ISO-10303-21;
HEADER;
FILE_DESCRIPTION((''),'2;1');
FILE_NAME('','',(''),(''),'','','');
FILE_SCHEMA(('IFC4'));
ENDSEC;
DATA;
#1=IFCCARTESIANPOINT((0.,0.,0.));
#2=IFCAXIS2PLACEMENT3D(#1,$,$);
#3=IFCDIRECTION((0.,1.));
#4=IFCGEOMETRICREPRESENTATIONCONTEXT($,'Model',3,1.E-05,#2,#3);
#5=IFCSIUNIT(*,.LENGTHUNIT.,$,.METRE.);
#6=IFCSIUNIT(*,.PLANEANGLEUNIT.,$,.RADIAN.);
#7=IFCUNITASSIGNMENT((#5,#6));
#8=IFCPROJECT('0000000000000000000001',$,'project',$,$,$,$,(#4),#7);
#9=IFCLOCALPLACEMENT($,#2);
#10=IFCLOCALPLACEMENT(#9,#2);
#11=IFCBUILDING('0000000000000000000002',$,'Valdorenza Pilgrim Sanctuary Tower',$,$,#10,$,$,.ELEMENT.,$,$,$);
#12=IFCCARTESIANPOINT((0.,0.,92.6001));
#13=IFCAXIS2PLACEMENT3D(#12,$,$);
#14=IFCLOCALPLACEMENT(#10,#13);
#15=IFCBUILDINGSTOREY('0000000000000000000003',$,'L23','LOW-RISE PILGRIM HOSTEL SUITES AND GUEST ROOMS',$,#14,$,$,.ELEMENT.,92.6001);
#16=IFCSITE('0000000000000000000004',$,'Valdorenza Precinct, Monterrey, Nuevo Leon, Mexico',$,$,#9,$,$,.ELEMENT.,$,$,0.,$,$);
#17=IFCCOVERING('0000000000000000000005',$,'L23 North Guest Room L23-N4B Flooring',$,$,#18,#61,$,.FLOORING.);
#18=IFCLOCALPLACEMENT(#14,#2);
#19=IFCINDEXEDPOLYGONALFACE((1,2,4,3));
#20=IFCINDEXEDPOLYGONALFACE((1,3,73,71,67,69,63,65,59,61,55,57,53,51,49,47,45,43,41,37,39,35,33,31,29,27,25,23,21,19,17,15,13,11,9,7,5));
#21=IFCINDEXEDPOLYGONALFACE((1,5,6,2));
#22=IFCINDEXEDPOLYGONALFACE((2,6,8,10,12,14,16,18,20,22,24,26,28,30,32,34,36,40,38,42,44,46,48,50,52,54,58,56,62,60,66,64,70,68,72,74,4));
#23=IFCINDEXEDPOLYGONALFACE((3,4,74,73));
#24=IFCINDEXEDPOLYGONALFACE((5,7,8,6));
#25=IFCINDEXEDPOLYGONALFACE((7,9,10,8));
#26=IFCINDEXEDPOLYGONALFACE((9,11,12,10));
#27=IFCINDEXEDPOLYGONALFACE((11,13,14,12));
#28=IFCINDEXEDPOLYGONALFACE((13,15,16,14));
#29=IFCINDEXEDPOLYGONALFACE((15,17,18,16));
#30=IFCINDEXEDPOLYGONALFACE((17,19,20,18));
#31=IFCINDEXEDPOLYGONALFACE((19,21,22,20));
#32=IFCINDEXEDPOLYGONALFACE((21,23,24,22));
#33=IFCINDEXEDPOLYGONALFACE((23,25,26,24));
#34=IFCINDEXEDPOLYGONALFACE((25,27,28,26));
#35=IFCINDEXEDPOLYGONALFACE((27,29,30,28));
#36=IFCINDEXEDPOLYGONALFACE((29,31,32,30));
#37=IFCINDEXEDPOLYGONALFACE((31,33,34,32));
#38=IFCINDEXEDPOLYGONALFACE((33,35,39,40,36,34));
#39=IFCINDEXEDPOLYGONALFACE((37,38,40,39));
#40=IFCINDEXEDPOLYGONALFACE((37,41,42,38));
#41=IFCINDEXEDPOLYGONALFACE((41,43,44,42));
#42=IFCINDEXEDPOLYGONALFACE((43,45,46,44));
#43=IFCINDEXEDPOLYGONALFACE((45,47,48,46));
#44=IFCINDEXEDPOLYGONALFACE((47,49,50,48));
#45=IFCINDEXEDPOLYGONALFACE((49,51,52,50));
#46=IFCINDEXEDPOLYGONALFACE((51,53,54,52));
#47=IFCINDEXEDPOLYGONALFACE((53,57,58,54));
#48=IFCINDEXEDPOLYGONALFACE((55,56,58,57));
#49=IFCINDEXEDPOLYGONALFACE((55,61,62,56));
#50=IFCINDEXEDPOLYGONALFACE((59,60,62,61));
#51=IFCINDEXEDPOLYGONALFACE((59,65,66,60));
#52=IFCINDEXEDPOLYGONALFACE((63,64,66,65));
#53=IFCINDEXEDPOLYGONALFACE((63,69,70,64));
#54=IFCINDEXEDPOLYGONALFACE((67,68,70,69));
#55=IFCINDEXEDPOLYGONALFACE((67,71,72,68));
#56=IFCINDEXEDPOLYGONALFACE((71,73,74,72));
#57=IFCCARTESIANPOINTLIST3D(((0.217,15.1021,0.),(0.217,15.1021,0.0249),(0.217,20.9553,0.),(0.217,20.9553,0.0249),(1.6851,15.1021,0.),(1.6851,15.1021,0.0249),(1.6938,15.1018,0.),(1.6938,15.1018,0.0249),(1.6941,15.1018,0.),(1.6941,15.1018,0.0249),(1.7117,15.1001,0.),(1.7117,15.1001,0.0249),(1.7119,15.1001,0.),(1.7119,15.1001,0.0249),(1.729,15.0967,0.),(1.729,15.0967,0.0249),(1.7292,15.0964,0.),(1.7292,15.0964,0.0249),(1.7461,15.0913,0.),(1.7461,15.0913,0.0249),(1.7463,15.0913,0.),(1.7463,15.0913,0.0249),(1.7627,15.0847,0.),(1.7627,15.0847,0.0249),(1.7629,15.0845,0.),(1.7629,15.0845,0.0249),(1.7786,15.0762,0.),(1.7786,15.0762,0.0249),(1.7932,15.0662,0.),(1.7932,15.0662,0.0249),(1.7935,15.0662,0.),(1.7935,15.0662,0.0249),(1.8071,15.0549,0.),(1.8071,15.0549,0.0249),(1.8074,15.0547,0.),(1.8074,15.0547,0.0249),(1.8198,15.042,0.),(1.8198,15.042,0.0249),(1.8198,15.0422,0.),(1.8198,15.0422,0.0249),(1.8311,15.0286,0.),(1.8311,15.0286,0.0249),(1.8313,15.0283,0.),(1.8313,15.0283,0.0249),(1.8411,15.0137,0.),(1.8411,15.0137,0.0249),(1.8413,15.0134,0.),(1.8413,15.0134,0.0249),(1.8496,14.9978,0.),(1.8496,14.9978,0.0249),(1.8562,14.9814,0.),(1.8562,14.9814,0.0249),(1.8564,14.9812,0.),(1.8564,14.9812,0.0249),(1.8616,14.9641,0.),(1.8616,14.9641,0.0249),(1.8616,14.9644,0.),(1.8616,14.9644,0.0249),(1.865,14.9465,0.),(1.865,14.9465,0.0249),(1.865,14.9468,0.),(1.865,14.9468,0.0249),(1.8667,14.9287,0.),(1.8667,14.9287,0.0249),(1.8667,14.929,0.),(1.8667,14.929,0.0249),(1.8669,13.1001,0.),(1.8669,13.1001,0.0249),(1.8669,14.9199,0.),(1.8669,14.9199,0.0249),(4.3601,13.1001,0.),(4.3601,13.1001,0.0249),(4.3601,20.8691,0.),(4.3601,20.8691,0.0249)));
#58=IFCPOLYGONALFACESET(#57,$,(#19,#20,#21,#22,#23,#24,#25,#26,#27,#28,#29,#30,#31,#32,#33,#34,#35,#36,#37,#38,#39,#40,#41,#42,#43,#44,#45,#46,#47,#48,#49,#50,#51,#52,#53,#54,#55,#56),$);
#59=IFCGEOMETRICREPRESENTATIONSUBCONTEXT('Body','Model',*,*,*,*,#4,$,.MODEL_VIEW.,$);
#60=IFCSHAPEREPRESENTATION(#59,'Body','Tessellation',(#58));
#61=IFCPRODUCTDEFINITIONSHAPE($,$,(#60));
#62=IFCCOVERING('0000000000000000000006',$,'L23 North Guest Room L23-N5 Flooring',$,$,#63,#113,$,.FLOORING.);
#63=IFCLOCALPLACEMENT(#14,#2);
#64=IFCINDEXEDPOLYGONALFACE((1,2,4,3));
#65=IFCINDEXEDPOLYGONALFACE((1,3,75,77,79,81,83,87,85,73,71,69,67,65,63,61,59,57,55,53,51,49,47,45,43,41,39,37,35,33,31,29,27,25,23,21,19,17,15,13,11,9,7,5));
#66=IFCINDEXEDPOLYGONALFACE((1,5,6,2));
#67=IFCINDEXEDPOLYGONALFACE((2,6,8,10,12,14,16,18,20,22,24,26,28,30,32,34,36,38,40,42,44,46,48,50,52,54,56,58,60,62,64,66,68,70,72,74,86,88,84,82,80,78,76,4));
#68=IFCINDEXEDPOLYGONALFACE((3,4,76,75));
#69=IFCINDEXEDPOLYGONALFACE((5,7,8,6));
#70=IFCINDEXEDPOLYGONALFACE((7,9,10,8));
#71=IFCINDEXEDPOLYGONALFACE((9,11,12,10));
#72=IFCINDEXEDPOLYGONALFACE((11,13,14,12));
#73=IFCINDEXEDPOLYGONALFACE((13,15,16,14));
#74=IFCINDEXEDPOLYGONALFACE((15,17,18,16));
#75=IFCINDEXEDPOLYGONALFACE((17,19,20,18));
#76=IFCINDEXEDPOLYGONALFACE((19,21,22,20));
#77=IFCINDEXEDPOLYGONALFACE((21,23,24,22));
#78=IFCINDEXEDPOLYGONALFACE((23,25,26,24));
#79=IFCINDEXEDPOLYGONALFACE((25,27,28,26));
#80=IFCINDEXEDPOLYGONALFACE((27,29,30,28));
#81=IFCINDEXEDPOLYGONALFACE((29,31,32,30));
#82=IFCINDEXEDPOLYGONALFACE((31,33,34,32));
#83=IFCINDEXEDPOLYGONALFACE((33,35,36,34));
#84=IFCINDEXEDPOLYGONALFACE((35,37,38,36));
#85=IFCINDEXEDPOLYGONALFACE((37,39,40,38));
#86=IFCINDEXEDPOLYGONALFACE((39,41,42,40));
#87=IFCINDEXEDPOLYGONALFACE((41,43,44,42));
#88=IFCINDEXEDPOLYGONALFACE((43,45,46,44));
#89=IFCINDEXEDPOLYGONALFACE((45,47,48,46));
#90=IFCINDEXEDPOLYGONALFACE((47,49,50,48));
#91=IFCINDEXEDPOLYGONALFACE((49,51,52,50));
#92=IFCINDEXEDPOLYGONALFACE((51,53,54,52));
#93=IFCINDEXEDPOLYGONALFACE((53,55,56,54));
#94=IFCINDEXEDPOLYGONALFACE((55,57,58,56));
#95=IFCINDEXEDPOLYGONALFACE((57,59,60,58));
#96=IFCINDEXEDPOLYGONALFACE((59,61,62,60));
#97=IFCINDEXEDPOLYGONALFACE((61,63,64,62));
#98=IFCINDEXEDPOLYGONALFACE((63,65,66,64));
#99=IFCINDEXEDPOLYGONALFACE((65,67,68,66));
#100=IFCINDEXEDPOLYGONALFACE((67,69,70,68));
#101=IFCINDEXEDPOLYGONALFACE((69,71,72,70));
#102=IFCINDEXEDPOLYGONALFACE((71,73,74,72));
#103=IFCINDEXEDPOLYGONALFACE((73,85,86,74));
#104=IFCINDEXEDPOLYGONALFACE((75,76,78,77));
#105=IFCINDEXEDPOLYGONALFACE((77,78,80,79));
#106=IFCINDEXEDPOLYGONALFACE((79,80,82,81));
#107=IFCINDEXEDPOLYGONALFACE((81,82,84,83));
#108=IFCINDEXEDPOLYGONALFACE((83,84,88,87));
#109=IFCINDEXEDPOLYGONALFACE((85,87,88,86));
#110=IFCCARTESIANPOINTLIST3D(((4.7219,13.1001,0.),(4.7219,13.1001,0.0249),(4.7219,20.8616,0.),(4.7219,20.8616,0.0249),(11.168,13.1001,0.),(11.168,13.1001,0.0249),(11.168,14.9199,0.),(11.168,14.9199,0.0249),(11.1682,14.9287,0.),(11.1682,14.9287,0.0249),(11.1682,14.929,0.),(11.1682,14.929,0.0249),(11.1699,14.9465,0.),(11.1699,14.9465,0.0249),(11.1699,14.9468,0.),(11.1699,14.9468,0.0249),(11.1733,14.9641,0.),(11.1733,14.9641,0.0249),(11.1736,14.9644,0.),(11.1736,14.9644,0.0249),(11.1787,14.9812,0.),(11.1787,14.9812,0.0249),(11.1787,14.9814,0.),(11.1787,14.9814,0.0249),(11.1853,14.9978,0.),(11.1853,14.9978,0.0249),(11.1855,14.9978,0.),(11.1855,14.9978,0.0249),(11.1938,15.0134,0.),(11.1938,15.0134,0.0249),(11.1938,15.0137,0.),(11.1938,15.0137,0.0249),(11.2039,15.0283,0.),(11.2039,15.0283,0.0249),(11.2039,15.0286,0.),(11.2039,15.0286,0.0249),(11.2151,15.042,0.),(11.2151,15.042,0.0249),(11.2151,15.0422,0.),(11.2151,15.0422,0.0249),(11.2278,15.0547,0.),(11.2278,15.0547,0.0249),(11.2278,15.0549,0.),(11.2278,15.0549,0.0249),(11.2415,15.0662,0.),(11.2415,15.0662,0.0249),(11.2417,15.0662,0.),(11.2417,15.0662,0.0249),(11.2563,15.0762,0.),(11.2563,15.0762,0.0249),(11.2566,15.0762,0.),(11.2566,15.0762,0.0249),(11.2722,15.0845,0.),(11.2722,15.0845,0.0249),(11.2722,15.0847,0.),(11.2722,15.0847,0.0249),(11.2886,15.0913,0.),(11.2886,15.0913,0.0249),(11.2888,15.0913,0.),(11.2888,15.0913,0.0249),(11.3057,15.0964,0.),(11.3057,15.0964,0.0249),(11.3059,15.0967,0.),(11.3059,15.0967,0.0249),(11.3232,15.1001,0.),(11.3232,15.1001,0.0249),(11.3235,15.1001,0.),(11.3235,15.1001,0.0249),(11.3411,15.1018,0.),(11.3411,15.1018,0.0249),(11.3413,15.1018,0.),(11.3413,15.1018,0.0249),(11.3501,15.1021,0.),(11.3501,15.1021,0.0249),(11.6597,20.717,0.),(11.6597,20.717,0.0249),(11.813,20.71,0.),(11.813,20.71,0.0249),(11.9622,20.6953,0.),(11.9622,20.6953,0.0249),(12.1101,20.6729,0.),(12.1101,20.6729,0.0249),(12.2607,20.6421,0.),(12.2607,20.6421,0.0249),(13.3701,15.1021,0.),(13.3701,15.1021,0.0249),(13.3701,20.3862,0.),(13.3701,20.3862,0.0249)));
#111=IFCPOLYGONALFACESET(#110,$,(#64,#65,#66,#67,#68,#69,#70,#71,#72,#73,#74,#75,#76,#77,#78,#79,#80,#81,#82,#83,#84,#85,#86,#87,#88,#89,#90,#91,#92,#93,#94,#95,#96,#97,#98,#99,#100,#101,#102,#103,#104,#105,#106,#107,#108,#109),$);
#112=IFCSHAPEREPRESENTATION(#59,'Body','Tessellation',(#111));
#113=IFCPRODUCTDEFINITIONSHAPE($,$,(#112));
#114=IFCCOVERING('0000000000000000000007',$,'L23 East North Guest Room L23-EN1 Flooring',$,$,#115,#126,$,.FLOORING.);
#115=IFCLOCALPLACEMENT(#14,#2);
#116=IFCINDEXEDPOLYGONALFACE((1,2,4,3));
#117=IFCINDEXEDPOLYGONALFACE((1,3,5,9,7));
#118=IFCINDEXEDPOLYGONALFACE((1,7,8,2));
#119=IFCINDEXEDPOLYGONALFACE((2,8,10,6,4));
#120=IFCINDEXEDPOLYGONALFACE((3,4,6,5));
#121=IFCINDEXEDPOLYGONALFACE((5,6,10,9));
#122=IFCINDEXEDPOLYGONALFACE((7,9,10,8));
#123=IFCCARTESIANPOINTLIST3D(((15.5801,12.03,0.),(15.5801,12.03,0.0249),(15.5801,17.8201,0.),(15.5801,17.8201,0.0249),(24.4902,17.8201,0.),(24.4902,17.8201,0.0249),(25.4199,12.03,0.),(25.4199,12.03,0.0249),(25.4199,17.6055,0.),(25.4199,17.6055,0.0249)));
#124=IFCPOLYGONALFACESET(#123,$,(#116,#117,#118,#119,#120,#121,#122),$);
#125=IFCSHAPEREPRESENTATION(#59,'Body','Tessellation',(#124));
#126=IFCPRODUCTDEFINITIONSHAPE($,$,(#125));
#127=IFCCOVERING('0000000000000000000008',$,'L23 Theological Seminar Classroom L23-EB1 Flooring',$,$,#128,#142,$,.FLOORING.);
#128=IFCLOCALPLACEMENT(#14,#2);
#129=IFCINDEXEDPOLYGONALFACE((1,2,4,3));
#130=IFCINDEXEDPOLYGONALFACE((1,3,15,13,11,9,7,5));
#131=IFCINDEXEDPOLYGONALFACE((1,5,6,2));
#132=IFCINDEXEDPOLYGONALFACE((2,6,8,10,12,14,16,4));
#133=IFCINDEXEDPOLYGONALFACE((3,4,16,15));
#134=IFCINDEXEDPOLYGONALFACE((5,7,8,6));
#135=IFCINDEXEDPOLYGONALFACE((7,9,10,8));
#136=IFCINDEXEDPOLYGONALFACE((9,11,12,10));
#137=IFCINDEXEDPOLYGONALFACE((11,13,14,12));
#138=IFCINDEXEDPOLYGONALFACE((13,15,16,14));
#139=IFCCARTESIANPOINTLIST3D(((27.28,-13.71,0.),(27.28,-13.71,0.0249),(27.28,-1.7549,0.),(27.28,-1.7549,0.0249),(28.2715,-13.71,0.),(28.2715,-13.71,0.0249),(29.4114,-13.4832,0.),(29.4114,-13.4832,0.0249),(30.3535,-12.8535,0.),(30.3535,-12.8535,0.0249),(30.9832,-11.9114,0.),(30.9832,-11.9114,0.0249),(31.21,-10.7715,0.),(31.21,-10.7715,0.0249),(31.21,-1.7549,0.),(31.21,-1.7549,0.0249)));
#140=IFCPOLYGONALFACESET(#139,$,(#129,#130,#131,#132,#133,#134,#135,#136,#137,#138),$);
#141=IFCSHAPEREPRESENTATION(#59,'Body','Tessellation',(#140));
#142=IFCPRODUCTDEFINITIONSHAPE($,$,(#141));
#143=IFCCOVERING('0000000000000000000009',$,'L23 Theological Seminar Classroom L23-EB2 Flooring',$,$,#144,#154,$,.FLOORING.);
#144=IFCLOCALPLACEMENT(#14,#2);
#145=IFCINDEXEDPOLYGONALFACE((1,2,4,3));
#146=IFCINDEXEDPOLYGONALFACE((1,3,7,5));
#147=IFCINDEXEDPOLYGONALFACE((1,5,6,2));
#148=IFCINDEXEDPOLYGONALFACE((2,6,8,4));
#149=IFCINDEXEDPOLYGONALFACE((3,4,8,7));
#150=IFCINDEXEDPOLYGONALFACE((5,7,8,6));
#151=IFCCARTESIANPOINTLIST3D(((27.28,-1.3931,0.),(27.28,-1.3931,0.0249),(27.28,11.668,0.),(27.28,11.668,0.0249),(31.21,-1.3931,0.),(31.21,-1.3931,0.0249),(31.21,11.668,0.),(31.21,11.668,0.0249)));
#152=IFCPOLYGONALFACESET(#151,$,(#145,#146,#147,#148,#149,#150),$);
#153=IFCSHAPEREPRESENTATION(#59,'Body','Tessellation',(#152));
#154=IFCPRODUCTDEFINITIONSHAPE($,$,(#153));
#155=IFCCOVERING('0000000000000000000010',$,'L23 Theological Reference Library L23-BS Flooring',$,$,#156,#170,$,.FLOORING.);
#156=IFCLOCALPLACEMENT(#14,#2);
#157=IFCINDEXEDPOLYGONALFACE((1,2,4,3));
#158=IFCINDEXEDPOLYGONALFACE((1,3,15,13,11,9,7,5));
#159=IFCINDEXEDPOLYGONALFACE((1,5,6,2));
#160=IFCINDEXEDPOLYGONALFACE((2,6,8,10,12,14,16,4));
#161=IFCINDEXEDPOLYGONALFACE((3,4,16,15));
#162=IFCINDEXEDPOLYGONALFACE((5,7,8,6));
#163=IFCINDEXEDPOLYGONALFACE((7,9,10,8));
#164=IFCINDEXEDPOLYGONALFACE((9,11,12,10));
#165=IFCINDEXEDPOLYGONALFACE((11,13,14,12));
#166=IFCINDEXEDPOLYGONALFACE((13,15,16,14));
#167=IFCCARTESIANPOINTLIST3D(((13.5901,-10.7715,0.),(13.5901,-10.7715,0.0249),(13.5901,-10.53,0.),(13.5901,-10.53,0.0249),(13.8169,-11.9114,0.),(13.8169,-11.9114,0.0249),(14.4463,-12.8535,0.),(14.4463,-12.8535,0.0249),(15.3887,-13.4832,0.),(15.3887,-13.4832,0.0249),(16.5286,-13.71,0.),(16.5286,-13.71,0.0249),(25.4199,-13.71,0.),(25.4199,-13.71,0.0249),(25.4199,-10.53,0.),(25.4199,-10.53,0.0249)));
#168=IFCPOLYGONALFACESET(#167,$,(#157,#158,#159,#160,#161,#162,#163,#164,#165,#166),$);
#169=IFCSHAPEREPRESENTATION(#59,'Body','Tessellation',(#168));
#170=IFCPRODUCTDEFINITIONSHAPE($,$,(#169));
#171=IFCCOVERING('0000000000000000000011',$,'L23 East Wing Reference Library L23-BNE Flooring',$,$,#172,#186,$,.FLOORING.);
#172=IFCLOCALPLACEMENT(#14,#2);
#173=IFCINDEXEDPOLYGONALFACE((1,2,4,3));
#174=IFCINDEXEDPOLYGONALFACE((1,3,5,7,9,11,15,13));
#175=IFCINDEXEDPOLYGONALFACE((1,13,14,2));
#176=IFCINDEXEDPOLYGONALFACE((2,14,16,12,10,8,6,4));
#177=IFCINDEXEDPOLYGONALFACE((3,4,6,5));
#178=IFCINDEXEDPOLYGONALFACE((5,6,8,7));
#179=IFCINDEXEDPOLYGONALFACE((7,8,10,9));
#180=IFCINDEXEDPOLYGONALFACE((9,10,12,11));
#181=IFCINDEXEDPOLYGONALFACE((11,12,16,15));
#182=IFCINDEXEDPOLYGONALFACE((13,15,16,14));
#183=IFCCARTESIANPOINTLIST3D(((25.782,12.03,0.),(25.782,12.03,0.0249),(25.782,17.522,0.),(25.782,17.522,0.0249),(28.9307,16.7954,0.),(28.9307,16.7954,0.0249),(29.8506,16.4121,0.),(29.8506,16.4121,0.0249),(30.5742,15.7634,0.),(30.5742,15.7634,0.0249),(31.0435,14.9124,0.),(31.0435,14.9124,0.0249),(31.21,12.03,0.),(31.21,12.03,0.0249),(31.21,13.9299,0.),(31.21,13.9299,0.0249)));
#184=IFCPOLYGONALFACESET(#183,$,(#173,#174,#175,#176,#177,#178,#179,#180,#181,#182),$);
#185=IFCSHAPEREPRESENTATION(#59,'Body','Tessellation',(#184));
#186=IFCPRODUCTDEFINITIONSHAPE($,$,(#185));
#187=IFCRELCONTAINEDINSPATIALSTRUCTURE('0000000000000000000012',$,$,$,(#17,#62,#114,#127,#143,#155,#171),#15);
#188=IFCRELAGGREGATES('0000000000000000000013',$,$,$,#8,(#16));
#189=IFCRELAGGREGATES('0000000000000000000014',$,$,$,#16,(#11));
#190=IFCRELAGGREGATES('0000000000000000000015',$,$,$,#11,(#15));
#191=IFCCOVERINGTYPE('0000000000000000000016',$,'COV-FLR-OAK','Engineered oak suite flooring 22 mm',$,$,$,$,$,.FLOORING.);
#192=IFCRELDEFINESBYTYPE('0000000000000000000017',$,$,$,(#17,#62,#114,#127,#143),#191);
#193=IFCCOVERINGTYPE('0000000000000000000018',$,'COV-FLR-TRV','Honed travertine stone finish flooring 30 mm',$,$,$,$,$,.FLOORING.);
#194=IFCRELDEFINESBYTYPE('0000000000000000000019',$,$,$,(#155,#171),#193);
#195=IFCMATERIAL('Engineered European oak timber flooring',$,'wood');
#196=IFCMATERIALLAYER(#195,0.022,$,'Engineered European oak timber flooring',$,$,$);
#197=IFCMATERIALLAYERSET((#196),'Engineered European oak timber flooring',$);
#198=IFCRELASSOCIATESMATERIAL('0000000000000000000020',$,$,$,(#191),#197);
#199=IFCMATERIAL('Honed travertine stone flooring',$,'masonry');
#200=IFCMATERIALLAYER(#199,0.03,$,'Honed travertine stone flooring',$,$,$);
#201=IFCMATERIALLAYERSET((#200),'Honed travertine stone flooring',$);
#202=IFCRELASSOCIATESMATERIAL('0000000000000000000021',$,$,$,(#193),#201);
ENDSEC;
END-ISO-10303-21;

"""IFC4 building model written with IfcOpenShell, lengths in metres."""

from ifc_helpers import new_model, si_unit, direction, frame, origin, place, context, subcontext, project, spatial, polyline, outline, extrude, material, layer, layer_set, type_object, element, save


model = new_model("IFC4")

# Units and contexts
model_context = context("Model", 3, precision=1e-05, world=origin(), true_north=direction((0.0, 1.0)))
body_context = subcontext(model_context, "Body", "Model", "MODEL_VIEW")
ifc_project = project(units=[si_unit("LENGTHUNIT", "METRE"), si_unit("PLANEANGLEUNIT", "RADIAN")], contexts=[model_context])

# Site, building, storey
site_placement = place(None, origin())
site = spatial("IfcSite", under=ifc_project, at=site_placement, Name="Valdorenza Precinct, Monterrey, Nuevo Leon, Mexico", CompositionType="ELEMENT", RefElevation=0.0)
building_placement = place(site_placement, origin())
building = spatial("IfcBuilding", under=site, at=building_placement, Name="Valdorenza Pilgrim Sanctuary Tower", CompositionType="ELEMENT")
storey_placement = place(building_placement, frame((0.0, 0.0, 92.6001)))
storey = spatial("IfcBuildingStorey", under=building, at=storey_placement, Name="L23", Description="LOW-RISE PILGRIM HOSTEL SUITES AND GUEST ROOMS", CompositionType="ELEMENT", Elevation=92.6001)

# Coverings
ifc_material_1 = material(Name="Engineered European oak timber flooring", Category="wood")
ifc_layer_1 = layer(ifc_material_1, 0.022, Name="Engineered European oak timber flooring")
ifc_layer_set_1 = layer_set([ifc_layer_1], Name="Engineered European oak timber flooring")
covering_type_1 = type_object("IfcCoveringType", Name="COV-FLR-OAK", Description="Engineered oak suite flooring 22 mm", PredefinedType="FLOORING", material=ifc_layer_set_1)
covering_1_placement = place(storey_placement, origin())
element("IfcCovering", 1, at=covering_1_placement, inside=storey, type_object=covering_type_1, Name="L23 North Guest Room L23-N4B Flooring", PredefinedType="FLOORING", context=body_context, shape_type="SweptSolid", body=[
    extrude(outline(polyline([(1.8669, 13.1001), (1.8669, 14.9199), (1.8667, 14.9287), (1.8667, 14.929), (1.865, 14.9465), (1.865, 14.9468), (1.8616, 14.9641), (1.8616, 14.9644), (1.8564, 14.9812), (1.8562, 14.9814), (1.8496, 14.9978), (1.8496, 14.9978), (1.8413, 15.0134), (1.8411, 15.0137), (1.8313, 15.0283), (1.8311, 15.0286), (1.8198, 15.042), (1.8198, 15.0422), (1.8074, 15.0547), (1.8071, 15.0549), (1.7935, 15.0662), (1.7932, 15.0662), (1.7786, 15.0762), (1.7786, 15.0762), (1.7629, 15.0845), (1.7627, 15.0847), (1.7463, 15.0913), (1.7461, 15.0913), (1.7292, 15.0964), (1.729, 15.0967), (1.7119, 15.1001), (1.7117, 15.1001), (1.6941, 15.1018), (1.6938, 15.1018), (1.6851, 15.1021), (0.217, 15.1021), (0.217, 20.9553), (4.3601, 20.8691), (4.3601, 13.1001), (1.8669, 13.1001)])), origin(), (0.0, 0.0, 1.0), 0.0249),
])
covering_2_placement = place(storey_placement, origin())
element("IfcCovering", 2, at=covering_2_placement, inside=storey, type_object=covering_type_1, Name="L23 North Guest Room L23-N5 Flooring", PredefinedType="FLOORING", context=body_context, shape_type="SweptSolid", body=[
    extrude(outline(polyline([(11.6597, 20.717), (11.813, 20.71), (11.9622, 20.6953), (12.1101, 20.6729), (12.2607, 20.6421), (13.3701, 20.3862), (13.3701, 15.1021), (11.3501, 15.1021), (11.3413, 15.1018), (11.3411, 15.1018), (11.3235, 15.1001), (11.3232, 15.1001), (11.3059, 15.0967), (11.3057, 15.0964), (11.2888, 15.0913), (11.2886, 15.0913), (11.2722, 15.0847), (11.2722, 15.0845), (11.2566, 15.0762), (11.2563, 15.0762), (11.2417, 15.0662), (11.2415, 15.0662), (11.2278, 15.0549), (11.2278, 15.0547), (11.2151, 15.0422), (11.2151, 15.042), (11.2039, 15.0286), (11.2039, 15.0283), (11.1938, 15.0137), (11.1938, 15.0134), (11.1855, 14.9978), (11.1853, 14.9978), (11.1787, 14.9814), (11.1787, 14.9812), (11.1736, 14.9644), (11.1733, 14.9641), (11.1699, 14.9468), (11.1699, 14.9465), (11.1682, 14.929), (11.1682, 14.9287), (11.168, 14.9199), (11.168, 13.1001), (4.7219, 13.1001), (4.7219, 20.8616), (11.6597, 20.717)])), origin(), (0.0, 0.0, 1.0), 0.0249),
])
covering_3_placement = place(storey_placement, origin())
element("IfcCovering", 3, at=covering_3_placement, inside=storey, type_object=covering_type_1, Name="L23 East North Guest Room L23-EN1 Flooring", PredefinedType="FLOORING", context=body_context, shape_type="SweptSolid", body=[
    extrude(outline(polyline([(24.4902, 17.8201), (25.4199, 17.6055), (25.4199, 12.03), (15.5801, 12.03), (15.5801, 17.8201), (24.4902, 17.8201)])), origin(), (0.0, 0.0, 1.0), 0.0249),
])
covering_4_placement = place(storey_placement, origin())
element("IfcCovering", 4, at=covering_4_placement, inside=storey, type_object=covering_type_1, Name="L23 Theological Seminar Classroom L23-EB1 Flooring", PredefinedType="FLOORING", context=body_context, shape_type="SweptSolid", body=[
    extrude(outline(polyline([(31.21, -1.7549), (31.21, -10.7715), (30.9832, -11.9114), (30.3535, -12.8535), (29.4114, -13.4832), (28.2715, -13.71), (27.28, -13.71), (27.28, -1.7549), (31.21, -1.7549)])), origin(), (0.0, 0.0, 1.0), 0.0249),
])
covering_5_placement = place(storey_placement, origin())
element("IfcCovering", 5, at=covering_5_placement, inside=storey, type_object=covering_type_1, Name="L23 Theological Seminar Classroom L23-EB2 Flooring", PredefinedType="FLOORING", context=body_context, shape_type="SweptSolid", body=[
    extrude(outline(polyline([(27.28, 11.668), (31.21, 11.668), (31.21, -1.3931), (27.28, -1.3931), (27.28, 11.668)])), origin(), (0.0, 0.0, 1.0), 0.0249),
])
ifc_material_2 = material(Name="Honed travertine stone flooring", Category="masonry")
ifc_layer_2 = layer(ifc_material_2, 0.03, Name="Honed travertine stone flooring")
ifc_layer_set_2 = layer_set([ifc_layer_2], Name="Honed travertine stone flooring")
covering_type_2 = type_object("IfcCoveringType", Name="COV-FLR-TRV", Description="Honed travertine stone finish flooring 30 mm", PredefinedType="FLOORING", material=ifc_layer_set_2)
covering_6_placement = place(storey_placement, origin())
element("IfcCovering", 6, at=covering_6_placement, inside=storey, type_object=covering_type_2, Name="L23 Theological Reference Library L23-BS Flooring", PredefinedType="FLOORING", context=body_context, shape_type="SweptSolid", body=[
    extrude(outline(polyline([(25.4199, -13.71), (16.5286, -13.71), (15.3887, -13.4832), (14.4463, -12.8535), (13.8169, -11.9114), (13.5901, -10.7715), (13.5901, -10.53), (25.4199, -10.53), (25.4199, -13.71)])), origin(), (0.0, 0.0, 1.0), 0.0249),
])
covering_7_placement = place(storey_placement, origin())
element("IfcCovering", 7, at=covering_7_placement, inside=storey, type_object=covering_type_2, Name="L23 East Wing Reference Library L23-BNE Flooring", PredefinedType="FLOORING", context=body_context, shape_type="SweptSolid", body=[
    extrude(outline(polyline([(28.9307, 16.7954), (29.8506, 16.4121), (30.5742, 15.7634), (31.0435, 14.9124), (31.21, 13.9299), (31.21, 12.03), (25.782, 12.03), (25.782, 17.522), (28.9307, 16.7954)])), origin(), (0.0, 0.0, 1.0), 0.0249),
])

save(model, "model.ifc")
